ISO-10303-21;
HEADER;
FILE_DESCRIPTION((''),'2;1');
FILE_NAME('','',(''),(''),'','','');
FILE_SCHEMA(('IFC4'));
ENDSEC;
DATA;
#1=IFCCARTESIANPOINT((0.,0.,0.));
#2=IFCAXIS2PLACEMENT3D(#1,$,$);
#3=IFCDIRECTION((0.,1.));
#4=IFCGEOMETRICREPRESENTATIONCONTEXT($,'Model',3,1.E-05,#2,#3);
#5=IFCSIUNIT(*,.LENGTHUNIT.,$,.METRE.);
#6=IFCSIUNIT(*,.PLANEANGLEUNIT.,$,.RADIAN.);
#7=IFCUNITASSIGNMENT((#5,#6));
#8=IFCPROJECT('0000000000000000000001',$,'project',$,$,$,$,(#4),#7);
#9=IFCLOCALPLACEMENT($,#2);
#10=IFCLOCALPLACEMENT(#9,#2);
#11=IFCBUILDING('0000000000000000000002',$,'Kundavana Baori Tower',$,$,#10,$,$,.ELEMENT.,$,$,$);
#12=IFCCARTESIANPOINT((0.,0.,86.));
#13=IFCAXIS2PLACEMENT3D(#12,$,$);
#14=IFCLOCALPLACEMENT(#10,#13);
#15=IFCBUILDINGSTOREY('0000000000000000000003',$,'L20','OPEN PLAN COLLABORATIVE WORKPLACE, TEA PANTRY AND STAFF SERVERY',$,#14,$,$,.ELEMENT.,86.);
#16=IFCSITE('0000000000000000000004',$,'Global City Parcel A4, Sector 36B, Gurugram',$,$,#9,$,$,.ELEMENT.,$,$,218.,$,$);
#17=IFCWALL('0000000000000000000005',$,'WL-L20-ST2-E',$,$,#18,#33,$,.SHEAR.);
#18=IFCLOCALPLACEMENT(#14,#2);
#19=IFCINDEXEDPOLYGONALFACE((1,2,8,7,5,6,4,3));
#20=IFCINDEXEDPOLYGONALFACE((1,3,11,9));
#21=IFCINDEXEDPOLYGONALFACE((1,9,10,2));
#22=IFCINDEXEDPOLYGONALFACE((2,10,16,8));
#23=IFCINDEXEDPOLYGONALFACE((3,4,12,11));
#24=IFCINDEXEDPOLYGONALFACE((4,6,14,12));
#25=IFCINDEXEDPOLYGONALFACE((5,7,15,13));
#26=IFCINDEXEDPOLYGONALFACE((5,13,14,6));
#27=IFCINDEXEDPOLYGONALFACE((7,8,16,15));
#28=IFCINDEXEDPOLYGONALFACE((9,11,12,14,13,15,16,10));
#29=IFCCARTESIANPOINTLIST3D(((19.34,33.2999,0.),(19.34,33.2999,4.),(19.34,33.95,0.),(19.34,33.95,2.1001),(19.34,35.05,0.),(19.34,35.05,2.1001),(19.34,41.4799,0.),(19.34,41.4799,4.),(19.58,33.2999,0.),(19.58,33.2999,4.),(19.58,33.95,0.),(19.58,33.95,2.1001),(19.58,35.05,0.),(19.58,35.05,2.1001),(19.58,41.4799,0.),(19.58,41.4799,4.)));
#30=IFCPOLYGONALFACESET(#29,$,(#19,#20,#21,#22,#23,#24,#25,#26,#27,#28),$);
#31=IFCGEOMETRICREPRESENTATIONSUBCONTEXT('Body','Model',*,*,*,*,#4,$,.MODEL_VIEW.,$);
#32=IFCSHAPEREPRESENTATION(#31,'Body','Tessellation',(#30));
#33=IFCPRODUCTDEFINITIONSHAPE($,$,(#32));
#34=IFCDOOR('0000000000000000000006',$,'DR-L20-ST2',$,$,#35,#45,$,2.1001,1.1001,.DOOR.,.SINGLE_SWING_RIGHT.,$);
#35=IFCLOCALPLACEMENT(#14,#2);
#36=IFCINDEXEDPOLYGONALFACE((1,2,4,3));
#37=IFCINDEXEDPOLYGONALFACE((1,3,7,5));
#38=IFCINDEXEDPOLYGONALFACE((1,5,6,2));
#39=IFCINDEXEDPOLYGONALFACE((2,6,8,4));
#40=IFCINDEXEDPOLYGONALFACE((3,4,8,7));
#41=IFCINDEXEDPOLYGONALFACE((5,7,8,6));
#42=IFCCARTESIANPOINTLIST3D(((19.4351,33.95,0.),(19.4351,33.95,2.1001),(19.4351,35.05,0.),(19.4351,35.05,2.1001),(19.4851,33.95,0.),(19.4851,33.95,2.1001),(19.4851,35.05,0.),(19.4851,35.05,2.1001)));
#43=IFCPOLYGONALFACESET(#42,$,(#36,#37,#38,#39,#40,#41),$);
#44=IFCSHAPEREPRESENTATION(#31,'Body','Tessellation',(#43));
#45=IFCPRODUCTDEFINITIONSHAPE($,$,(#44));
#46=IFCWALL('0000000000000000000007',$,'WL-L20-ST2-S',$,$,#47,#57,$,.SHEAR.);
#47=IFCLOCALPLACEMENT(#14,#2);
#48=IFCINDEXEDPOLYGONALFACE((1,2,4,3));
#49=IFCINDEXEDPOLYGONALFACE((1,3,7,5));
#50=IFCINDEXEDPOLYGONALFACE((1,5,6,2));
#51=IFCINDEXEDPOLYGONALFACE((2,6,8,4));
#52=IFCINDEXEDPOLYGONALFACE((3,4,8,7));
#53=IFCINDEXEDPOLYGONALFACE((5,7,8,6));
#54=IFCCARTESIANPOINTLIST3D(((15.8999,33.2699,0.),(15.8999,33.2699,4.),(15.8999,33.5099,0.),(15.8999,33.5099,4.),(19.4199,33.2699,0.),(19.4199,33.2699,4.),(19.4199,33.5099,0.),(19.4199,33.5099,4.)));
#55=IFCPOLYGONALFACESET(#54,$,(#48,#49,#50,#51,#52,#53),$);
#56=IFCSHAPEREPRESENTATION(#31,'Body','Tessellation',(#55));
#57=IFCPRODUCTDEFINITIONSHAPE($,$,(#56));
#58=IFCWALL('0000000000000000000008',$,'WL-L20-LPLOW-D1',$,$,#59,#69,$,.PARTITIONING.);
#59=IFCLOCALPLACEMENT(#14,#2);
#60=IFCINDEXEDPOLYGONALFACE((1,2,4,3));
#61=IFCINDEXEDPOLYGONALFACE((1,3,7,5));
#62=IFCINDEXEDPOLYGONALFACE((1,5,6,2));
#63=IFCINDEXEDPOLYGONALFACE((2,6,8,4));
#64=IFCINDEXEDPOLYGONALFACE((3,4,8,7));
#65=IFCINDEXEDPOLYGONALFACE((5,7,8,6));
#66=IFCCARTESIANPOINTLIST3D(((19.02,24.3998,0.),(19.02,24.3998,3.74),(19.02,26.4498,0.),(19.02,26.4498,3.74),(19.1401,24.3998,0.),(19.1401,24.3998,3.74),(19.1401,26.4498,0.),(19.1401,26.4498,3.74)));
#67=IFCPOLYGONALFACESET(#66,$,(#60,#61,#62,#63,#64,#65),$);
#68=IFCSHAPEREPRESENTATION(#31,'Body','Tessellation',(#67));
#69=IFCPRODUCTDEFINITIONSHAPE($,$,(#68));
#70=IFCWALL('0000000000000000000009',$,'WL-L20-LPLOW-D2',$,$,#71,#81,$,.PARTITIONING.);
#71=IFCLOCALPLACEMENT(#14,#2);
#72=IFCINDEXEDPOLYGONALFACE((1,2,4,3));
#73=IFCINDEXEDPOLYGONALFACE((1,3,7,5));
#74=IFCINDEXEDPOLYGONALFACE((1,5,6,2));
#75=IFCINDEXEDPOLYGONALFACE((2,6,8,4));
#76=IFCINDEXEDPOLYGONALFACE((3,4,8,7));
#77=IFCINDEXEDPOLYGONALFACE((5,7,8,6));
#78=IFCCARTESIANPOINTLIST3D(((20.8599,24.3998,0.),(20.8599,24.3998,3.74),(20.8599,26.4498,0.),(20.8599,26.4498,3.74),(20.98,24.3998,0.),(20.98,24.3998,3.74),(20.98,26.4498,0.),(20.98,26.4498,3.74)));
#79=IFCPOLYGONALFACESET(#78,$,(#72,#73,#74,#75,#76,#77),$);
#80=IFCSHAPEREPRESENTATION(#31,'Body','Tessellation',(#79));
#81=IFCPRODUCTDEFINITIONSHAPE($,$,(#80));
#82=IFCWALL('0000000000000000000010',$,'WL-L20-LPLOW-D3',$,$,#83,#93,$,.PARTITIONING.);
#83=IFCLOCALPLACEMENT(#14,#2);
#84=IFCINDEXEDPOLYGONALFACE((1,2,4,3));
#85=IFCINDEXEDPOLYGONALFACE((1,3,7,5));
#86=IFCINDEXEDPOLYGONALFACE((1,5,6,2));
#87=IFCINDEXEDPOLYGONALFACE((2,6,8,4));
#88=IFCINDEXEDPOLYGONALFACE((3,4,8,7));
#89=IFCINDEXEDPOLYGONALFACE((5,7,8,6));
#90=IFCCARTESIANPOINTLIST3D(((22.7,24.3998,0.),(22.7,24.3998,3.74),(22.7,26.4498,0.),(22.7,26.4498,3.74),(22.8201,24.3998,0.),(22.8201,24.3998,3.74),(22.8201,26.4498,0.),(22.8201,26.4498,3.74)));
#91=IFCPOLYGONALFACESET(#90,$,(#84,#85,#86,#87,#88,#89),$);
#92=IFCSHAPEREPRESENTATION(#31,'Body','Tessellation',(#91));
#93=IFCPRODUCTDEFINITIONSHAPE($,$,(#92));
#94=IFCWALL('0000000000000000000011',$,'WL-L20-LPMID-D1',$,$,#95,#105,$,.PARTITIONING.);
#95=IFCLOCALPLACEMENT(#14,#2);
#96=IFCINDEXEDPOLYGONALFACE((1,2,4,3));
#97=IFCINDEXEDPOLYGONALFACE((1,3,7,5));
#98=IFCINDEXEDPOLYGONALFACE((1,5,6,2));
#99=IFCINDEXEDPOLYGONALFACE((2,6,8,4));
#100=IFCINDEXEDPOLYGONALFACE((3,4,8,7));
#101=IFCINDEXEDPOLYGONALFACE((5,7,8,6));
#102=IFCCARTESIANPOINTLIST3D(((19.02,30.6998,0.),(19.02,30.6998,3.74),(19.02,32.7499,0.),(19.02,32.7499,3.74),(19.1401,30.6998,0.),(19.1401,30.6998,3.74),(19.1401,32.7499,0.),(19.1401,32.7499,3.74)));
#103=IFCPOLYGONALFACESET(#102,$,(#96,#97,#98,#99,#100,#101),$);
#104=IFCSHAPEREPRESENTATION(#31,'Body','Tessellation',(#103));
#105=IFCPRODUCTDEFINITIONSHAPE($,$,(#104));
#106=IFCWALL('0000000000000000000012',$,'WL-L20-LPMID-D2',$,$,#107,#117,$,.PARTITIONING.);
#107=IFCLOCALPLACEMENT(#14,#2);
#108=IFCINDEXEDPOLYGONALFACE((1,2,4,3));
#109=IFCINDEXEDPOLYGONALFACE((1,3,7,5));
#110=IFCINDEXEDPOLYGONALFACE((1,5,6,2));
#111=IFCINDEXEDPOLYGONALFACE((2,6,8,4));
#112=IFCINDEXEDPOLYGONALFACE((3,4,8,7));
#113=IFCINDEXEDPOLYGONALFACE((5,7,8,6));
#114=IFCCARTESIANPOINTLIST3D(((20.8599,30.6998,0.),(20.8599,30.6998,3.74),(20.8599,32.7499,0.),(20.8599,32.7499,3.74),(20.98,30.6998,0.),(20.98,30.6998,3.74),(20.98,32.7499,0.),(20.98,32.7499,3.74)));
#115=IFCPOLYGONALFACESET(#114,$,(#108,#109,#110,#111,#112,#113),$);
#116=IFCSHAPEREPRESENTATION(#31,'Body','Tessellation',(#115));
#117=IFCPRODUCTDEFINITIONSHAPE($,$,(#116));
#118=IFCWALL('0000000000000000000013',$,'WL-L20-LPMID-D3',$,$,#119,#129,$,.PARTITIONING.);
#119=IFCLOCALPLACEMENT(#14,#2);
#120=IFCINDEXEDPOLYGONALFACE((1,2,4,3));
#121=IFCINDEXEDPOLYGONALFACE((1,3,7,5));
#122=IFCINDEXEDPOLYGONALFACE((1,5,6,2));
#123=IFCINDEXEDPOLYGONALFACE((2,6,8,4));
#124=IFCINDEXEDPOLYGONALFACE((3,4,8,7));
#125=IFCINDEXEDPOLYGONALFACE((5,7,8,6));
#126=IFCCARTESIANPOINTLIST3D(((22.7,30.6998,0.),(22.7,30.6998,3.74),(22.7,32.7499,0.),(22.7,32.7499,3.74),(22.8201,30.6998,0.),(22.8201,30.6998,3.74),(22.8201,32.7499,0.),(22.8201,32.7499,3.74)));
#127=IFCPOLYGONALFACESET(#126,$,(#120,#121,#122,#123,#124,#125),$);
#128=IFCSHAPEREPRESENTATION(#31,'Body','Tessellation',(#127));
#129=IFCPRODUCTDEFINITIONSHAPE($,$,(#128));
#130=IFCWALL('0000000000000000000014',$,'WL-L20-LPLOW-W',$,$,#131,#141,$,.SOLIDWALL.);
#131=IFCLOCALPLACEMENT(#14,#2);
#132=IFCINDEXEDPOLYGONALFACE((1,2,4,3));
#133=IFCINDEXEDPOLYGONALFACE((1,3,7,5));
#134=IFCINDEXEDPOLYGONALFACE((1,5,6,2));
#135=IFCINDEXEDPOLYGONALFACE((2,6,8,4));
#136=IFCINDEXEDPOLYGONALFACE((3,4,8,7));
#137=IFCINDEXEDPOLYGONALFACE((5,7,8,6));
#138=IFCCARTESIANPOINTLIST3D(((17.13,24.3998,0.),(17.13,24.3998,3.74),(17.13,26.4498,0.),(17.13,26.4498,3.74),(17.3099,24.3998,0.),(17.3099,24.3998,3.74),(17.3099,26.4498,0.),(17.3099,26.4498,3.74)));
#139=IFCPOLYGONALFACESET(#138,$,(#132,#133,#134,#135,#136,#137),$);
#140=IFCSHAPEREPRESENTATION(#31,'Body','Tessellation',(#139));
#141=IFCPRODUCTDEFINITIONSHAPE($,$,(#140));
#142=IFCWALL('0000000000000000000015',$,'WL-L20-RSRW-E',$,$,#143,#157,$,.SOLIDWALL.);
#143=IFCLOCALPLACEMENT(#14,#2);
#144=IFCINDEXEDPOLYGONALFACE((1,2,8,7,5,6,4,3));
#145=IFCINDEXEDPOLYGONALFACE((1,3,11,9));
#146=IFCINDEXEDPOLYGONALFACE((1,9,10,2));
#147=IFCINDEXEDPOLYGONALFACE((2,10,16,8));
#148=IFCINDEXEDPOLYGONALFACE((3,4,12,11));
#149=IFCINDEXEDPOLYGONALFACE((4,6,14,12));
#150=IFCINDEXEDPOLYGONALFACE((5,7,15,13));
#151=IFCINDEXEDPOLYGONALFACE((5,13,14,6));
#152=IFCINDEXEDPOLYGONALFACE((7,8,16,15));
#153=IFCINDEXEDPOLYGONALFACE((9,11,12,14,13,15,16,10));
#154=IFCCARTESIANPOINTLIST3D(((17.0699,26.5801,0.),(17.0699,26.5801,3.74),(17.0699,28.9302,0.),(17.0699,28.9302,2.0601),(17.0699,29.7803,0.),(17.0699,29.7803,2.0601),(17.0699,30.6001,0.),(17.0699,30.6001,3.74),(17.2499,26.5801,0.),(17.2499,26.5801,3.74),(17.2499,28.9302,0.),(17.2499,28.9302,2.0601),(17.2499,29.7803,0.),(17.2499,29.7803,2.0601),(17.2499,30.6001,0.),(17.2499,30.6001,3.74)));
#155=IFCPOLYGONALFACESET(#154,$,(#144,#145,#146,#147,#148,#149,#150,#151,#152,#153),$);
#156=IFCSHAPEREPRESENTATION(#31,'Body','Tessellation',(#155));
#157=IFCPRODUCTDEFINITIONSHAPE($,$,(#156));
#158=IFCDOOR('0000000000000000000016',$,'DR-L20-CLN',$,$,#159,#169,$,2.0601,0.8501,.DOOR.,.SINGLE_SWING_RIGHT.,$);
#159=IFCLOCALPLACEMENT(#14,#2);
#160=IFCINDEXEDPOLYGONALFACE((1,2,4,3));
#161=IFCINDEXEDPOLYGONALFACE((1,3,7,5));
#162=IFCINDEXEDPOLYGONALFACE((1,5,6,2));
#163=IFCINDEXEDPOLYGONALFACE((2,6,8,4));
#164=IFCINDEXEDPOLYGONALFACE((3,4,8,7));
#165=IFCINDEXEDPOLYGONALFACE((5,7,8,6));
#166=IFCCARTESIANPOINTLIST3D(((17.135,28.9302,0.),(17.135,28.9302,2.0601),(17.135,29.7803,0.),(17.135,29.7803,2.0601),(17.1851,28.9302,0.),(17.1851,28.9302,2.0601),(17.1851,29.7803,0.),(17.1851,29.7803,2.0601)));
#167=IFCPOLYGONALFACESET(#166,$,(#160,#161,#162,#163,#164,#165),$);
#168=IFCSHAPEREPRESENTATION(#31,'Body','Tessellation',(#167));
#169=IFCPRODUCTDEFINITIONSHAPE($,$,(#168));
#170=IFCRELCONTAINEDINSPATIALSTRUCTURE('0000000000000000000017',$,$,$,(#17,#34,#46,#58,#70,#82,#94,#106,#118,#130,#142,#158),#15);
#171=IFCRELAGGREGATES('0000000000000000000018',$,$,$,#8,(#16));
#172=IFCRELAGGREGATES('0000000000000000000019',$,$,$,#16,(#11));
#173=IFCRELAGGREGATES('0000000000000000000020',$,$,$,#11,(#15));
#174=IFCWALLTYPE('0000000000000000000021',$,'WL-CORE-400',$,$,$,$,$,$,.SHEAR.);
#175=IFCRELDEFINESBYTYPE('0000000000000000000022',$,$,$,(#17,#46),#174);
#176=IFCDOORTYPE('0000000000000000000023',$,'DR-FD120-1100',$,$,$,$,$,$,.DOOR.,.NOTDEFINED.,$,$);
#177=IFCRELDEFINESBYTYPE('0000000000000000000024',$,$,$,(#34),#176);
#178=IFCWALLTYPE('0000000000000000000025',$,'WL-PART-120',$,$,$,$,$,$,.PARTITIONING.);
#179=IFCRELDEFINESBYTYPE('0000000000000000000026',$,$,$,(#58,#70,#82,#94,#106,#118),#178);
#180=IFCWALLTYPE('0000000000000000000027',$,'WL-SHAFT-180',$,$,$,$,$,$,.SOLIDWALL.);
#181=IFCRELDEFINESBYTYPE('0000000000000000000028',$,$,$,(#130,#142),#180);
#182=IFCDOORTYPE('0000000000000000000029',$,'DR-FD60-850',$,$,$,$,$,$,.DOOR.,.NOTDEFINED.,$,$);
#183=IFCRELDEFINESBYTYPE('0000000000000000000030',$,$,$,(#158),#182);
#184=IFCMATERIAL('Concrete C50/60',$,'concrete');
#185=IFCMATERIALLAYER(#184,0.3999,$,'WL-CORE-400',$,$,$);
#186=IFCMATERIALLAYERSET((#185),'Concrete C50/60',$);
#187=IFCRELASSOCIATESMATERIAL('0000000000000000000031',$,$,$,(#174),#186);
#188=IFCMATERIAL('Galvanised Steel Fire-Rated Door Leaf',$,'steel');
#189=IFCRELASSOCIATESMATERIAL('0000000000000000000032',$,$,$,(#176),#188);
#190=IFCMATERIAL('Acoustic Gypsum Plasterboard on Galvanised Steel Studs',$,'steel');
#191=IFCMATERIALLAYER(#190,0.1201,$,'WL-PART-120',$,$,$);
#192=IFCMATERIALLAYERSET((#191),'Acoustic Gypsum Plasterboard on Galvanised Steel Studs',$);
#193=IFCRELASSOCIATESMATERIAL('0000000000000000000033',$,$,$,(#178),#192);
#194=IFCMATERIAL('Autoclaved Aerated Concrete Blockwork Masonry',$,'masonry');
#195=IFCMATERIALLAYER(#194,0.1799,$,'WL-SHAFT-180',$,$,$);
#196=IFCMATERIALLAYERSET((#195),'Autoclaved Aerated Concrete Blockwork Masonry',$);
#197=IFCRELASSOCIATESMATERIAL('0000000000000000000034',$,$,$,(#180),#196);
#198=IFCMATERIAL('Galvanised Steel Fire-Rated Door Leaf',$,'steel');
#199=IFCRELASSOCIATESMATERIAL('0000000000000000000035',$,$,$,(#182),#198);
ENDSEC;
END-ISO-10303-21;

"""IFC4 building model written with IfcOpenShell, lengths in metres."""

from ifc_helpers import new_model, si_unit, direction, frame, frame_2d, origin, place, context, subcontext, project, spatial, rectangle, extrude, material, layer, layer_set, type_object, element, fill, save


model = new_model("IFC4")

# Units and contexts
model_context = context("Model", 3, precision=1e-05, world=origin(), true_north=direction((0.0, 1.0)))
body_context = subcontext(model_context, "Body", "Model", "MODEL_VIEW")
ifc_project = project(units=[si_unit("LENGTHUNIT", "METRE"), si_unit("PLANEANGLEUNIT", "RADIAN")], contexts=[model_context])

# Site, building, storey
site_placement = place(None, origin())
site = spatial("IfcSite", under=ifc_project, at=site_placement, Name="Global City Parcel A4, Sector 36B, Gurugram", CompositionType="ELEMENT", RefElevation=218.0)
building_placement = place(site_placement, origin())
building = spatial("IfcBuilding", under=site, at=building_placement, Name="Kundavana Baori Tower", CompositionType="ELEMENT")
storey_placement = place(building_placement, frame((0.0, 0.0, 86.0)))
storey = spatial("IfcBuildingStorey", under=building, at=storey_placement, Name="L20", Description="OPEN PLAN COLLABORATIVE WORKPLACE, TEA PANTRY AND STAFF SERVERY", CompositionType="ELEMENT", Elevation=86.0)

# Wall, opening, door
ifc_material_1 = material(Name="Concrete C50/60", Category="concrete")
ifc_layer_1 = layer(ifc_material_1, 0.3999, Name="WL-CORE-400")
ifc_layer_set_1 = layer_set([ifc_layer_1], Name="Concrete C50/60")
wall_type_1 = type_object("IfcWallType", Name="WL-CORE-400", PredefinedType="SHEAR", material=ifc_layer_set_1)
wall_1_placement = place(storey_placement, frame((19.46, 33.3, 0.0), z_axis=(0.0, 0.0, 1.0), x_axis=(0.0, 1.0, 0.0)))
wall_1 = element("IfcWall", 1, at=wall_1_placement, inside=storey, type_object=wall_type_1, Name="WL-L20-ST2-E", PredefinedType="SHEAR", context=body_context, shape_type="SweptSolid", body=[
    extrude(rectangle(XDim=8.1799, YDim=0.24, at=frame_2d((4.0898, 0.0))), origin(), (0.0, 0.0, 1.0), 4.0),
])
opening_1_placement = place(wall_1_placement, frame((0.6499, 0.0, 0.0)))
opening_1 = element("IfcOpeningElement", 2, at=opening_1_placement, cuts=wall_1, PredefinedType="OPENING", context=body_context, shape_type="SweptSolid", body=[
    extrude(rectangle(XDim=1.1001, YDim=2.1001, at=frame_2d((0.55, 1.05))), frame((0.0, 0.1299, 0.0), z_axis=(0.0, -1.0, 0.0), x_axis=(1.0, 0.0, 0.0)), (0.0, 0.0, 1.0), 0.26),
])
ifc_material_2 = material(Name="Galvanised Steel Fire-Rated Door Leaf", Category="steel")
door_type_1 = type_object("IfcDoorType", Name="DR-FD120-1100", OperationType="NOTDEFINED", PredefinedType="DOOR", material=ifc_material_2)
door_1_placement = place(opening_1_placement, origin())
door_1 = element("IfcDoor", 3, at=door_1_placement, inside=storey, type_object=door_type_1, Name="DR-L20-ST2", OperationType="SINGLE_SWING_RIGHT", OverallHeight=2.1001, OverallWidth=1.1001, PredefinedType="DOOR", context=body_context, shape_type="SweptSolid", body=[
    extrude(rectangle(XDim=1.1001, YDim=2.1001, at=frame_2d((0.55, 1.05))), frame((0.0, 0.0249, 0.0), z_axis=(0.0, -1.0, 0.0), x_axis=(1.0, 0.0, 0.0)), (0.0, 0.0, 1.0), 0.05),
])
fill(opening_1, door_1)

# Walls
wall_2_placement = place(storey_placement, frame((15.8999, 33.3899, 0.0), z_axis=(0.0, 0.0, 1.0), x_axis=(1.0, 0.0, 0.0)))
element("IfcWall", 4, at=wall_2_placement, inside=storey, type_object=wall_type_1, Name="WL-L20-ST2-S", PredefinedType="SHEAR", context=body_context, shape_type="SweptSolid", body=[
    extrude(rectangle(XDim=3.52, YDim=0.24, at=frame_2d((1.76, 0.0))), origin(), (0.0, 0.0, 1.0), 4.0),
])
ifc_material_3 = material(Name="Acoustic Gypsum Plasterboard on Galvanised Steel Studs", Category="steel")
ifc_layer_2 = layer(ifc_material_3, 0.1201, Name="WL-PART-120")
ifc_layer_set_2 = layer_set([ifc_layer_2], Name="Acoustic Gypsum Plasterboard on Galvanised Steel Studs")
wall_type_2 = type_object("IfcWallType", Name="WL-PART-120", PredefinedType="PARTITIONING", material=ifc_layer_set_2)
for number, where, z_axis, x_axis, name in (
    (5, (19.0801, 24.3999, 0.0), (0.0, 0.0, 1.0), (0.0, 1.0, 0.0), "WL-L20-LPLOW-D1"),
    (6, (20.9199, 24.3999, 0.0), (0.0, 0.0, 1.0), (0.0, 1.0, 0.0), "WL-L20-LPLOW-D2"),
    (7, (22.76, 24.3999, 0.0), (0.0, 0.0, 1.0), (0.0, 1.0, 0.0), "WL-L20-LPLOW-D3"),
    (8, (19.0801, 30.7, 0.0), (0.0, 0.0, 1.0), (0.0, 1.0, 0.0), "WL-L20-LPMID-D1"),
    (9, (20.9199, 30.7, 0.0), (0.0, 0.0, 1.0), (0.0, 1.0, 0.0), "WL-L20-LPMID-D2"),
    (10, (22.76, 30.7, 0.0), (0.0, 0.0, 1.0), (0.0, 1.0, 0.0), "WL-L20-LPMID-D3"),
):
    element("IfcWall", number, at=place(storey_placement, frame(where, z_axis=z_axis, x_axis=x_axis)), inside=storey, type_object=wall_type_2, Name=name, PredefinedType="PARTITIONING", context=body_context, shape_type="SweptSolid", body=[
        extrude(rectangle(XDim=2.05, YDim=0.1201, at=frame_2d((1.0249, 0.0))), origin(), (0.0, 0.0, 1.0), 3.74),
    ])
ifc_material_4 = material(Name="Autoclaved Aerated Concrete Blockwork Masonry", Category="masonry")
ifc_layer_3 = layer(ifc_material_4, 0.1799, Name="WL-SHAFT-180")
ifc_layer_set_3 = layer_set([ifc_layer_3], Name="Autoclaved Aerated Concrete Blockwork Masonry")
wall_type_3 = type_object("IfcWallType", Name="WL-SHAFT-180", PredefinedType="SOLIDWALL", material=ifc_layer_set_3)
wall_3_placement = place(storey_placement, frame((17.22, 24.3999, 0.0), z_axis=(0.0, 0.0, 1.0), x_axis=(0.0, 1.0, 0.0)))
element("IfcWall", 11, at=wall_3_placement, inside=storey, type_object=wall_type_3, Name="WL-L20-LPLOW-W", PredefinedType="SOLIDWALL", context=body_context, shape_type="SweptSolid", body=[
    extrude(rectangle(XDim=2.05, YDim=0.1799, at=frame_2d((1.0249, 0.0))), origin(), (0.0, 0.0, 1.0), 3.74),
])

# Wall, opening, door
wall_4_placement = place(storey_placement, frame((17.1599, 26.5801, 0.0), z_axis=(0.0, 0.0, 1.0), x_axis=(0.0, 1.0, 0.0)))
wall_4 = element("IfcWall", 12, at=wall_4_placement, inside=storey, type_object=wall_type_3, Name="WL-L20-RSRW-E", PredefinedType="SOLIDWALL", context=body_context, shape_type="SweptSolid", body=[
    extrude(rectangle(XDim=4.02, YDim=0.1799, at=frame_2d((2.01, 0.0))), origin(), (0.0, 0.0, 1.0), 3.74),
])
opening_2_placement = place(wall_4_placement, frame((2.3501, 0.0, 0.0)))
opening_2 = element("IfcOpeningElement", 13, at=opening_2_placement, cuts=wall_4, PredefinedType="OPENING", context=body_context, shape_type="SweptSolid", body=[
    extrude(rectangle(XDim=0.8501, YDim=2.0601, at=frame_2d((0.425, 1.03))), frame((0.0, 0.1001, 0.0), z_axis=(0.0, -1.0, 0.0), x_axis=(1.0, 0.0, 0.0)), (0.0, 0.0, 1.0), 0.2),
])
ifc_material_5 = material(Name="Galvanised Steel Fire-Rated Door Leaf", Category="steel")
door_type_2 = type_object("IfcDoorType", Name="DR-FD60-850", OperationType="NOTDEFINED", PredefinedType="DOOR", material=ifc_material_5)
door_2_placement = place(opening_2_placement, origin())
door_2 = element("IfcDoor", 14, at=door_2_placement, inside=storey, type_object=door_type_2, Name="DR-L20-CLN", OperationType="SINGLE_SWING_RIGHT", OverallHeight=2.0601, OverallWidth=0.8501, PredefinedType="DOOR", context=body_context, shape_type="SweptSolid", body=[
    extrude(rectangle(XDim=0.8501, YDim=2.0601, at=frame_2d((0.425, 1.03))), frame((0.0, 0.0249, 0.0), z_axis=(0.0, -1.0, 0.0), x_axis=(1.0, 0.0, 0.0)), (0.0, 0.0, 1.0), 0.05),
])
fill(opening_2, door_2)

save(model, "model.ifc")
